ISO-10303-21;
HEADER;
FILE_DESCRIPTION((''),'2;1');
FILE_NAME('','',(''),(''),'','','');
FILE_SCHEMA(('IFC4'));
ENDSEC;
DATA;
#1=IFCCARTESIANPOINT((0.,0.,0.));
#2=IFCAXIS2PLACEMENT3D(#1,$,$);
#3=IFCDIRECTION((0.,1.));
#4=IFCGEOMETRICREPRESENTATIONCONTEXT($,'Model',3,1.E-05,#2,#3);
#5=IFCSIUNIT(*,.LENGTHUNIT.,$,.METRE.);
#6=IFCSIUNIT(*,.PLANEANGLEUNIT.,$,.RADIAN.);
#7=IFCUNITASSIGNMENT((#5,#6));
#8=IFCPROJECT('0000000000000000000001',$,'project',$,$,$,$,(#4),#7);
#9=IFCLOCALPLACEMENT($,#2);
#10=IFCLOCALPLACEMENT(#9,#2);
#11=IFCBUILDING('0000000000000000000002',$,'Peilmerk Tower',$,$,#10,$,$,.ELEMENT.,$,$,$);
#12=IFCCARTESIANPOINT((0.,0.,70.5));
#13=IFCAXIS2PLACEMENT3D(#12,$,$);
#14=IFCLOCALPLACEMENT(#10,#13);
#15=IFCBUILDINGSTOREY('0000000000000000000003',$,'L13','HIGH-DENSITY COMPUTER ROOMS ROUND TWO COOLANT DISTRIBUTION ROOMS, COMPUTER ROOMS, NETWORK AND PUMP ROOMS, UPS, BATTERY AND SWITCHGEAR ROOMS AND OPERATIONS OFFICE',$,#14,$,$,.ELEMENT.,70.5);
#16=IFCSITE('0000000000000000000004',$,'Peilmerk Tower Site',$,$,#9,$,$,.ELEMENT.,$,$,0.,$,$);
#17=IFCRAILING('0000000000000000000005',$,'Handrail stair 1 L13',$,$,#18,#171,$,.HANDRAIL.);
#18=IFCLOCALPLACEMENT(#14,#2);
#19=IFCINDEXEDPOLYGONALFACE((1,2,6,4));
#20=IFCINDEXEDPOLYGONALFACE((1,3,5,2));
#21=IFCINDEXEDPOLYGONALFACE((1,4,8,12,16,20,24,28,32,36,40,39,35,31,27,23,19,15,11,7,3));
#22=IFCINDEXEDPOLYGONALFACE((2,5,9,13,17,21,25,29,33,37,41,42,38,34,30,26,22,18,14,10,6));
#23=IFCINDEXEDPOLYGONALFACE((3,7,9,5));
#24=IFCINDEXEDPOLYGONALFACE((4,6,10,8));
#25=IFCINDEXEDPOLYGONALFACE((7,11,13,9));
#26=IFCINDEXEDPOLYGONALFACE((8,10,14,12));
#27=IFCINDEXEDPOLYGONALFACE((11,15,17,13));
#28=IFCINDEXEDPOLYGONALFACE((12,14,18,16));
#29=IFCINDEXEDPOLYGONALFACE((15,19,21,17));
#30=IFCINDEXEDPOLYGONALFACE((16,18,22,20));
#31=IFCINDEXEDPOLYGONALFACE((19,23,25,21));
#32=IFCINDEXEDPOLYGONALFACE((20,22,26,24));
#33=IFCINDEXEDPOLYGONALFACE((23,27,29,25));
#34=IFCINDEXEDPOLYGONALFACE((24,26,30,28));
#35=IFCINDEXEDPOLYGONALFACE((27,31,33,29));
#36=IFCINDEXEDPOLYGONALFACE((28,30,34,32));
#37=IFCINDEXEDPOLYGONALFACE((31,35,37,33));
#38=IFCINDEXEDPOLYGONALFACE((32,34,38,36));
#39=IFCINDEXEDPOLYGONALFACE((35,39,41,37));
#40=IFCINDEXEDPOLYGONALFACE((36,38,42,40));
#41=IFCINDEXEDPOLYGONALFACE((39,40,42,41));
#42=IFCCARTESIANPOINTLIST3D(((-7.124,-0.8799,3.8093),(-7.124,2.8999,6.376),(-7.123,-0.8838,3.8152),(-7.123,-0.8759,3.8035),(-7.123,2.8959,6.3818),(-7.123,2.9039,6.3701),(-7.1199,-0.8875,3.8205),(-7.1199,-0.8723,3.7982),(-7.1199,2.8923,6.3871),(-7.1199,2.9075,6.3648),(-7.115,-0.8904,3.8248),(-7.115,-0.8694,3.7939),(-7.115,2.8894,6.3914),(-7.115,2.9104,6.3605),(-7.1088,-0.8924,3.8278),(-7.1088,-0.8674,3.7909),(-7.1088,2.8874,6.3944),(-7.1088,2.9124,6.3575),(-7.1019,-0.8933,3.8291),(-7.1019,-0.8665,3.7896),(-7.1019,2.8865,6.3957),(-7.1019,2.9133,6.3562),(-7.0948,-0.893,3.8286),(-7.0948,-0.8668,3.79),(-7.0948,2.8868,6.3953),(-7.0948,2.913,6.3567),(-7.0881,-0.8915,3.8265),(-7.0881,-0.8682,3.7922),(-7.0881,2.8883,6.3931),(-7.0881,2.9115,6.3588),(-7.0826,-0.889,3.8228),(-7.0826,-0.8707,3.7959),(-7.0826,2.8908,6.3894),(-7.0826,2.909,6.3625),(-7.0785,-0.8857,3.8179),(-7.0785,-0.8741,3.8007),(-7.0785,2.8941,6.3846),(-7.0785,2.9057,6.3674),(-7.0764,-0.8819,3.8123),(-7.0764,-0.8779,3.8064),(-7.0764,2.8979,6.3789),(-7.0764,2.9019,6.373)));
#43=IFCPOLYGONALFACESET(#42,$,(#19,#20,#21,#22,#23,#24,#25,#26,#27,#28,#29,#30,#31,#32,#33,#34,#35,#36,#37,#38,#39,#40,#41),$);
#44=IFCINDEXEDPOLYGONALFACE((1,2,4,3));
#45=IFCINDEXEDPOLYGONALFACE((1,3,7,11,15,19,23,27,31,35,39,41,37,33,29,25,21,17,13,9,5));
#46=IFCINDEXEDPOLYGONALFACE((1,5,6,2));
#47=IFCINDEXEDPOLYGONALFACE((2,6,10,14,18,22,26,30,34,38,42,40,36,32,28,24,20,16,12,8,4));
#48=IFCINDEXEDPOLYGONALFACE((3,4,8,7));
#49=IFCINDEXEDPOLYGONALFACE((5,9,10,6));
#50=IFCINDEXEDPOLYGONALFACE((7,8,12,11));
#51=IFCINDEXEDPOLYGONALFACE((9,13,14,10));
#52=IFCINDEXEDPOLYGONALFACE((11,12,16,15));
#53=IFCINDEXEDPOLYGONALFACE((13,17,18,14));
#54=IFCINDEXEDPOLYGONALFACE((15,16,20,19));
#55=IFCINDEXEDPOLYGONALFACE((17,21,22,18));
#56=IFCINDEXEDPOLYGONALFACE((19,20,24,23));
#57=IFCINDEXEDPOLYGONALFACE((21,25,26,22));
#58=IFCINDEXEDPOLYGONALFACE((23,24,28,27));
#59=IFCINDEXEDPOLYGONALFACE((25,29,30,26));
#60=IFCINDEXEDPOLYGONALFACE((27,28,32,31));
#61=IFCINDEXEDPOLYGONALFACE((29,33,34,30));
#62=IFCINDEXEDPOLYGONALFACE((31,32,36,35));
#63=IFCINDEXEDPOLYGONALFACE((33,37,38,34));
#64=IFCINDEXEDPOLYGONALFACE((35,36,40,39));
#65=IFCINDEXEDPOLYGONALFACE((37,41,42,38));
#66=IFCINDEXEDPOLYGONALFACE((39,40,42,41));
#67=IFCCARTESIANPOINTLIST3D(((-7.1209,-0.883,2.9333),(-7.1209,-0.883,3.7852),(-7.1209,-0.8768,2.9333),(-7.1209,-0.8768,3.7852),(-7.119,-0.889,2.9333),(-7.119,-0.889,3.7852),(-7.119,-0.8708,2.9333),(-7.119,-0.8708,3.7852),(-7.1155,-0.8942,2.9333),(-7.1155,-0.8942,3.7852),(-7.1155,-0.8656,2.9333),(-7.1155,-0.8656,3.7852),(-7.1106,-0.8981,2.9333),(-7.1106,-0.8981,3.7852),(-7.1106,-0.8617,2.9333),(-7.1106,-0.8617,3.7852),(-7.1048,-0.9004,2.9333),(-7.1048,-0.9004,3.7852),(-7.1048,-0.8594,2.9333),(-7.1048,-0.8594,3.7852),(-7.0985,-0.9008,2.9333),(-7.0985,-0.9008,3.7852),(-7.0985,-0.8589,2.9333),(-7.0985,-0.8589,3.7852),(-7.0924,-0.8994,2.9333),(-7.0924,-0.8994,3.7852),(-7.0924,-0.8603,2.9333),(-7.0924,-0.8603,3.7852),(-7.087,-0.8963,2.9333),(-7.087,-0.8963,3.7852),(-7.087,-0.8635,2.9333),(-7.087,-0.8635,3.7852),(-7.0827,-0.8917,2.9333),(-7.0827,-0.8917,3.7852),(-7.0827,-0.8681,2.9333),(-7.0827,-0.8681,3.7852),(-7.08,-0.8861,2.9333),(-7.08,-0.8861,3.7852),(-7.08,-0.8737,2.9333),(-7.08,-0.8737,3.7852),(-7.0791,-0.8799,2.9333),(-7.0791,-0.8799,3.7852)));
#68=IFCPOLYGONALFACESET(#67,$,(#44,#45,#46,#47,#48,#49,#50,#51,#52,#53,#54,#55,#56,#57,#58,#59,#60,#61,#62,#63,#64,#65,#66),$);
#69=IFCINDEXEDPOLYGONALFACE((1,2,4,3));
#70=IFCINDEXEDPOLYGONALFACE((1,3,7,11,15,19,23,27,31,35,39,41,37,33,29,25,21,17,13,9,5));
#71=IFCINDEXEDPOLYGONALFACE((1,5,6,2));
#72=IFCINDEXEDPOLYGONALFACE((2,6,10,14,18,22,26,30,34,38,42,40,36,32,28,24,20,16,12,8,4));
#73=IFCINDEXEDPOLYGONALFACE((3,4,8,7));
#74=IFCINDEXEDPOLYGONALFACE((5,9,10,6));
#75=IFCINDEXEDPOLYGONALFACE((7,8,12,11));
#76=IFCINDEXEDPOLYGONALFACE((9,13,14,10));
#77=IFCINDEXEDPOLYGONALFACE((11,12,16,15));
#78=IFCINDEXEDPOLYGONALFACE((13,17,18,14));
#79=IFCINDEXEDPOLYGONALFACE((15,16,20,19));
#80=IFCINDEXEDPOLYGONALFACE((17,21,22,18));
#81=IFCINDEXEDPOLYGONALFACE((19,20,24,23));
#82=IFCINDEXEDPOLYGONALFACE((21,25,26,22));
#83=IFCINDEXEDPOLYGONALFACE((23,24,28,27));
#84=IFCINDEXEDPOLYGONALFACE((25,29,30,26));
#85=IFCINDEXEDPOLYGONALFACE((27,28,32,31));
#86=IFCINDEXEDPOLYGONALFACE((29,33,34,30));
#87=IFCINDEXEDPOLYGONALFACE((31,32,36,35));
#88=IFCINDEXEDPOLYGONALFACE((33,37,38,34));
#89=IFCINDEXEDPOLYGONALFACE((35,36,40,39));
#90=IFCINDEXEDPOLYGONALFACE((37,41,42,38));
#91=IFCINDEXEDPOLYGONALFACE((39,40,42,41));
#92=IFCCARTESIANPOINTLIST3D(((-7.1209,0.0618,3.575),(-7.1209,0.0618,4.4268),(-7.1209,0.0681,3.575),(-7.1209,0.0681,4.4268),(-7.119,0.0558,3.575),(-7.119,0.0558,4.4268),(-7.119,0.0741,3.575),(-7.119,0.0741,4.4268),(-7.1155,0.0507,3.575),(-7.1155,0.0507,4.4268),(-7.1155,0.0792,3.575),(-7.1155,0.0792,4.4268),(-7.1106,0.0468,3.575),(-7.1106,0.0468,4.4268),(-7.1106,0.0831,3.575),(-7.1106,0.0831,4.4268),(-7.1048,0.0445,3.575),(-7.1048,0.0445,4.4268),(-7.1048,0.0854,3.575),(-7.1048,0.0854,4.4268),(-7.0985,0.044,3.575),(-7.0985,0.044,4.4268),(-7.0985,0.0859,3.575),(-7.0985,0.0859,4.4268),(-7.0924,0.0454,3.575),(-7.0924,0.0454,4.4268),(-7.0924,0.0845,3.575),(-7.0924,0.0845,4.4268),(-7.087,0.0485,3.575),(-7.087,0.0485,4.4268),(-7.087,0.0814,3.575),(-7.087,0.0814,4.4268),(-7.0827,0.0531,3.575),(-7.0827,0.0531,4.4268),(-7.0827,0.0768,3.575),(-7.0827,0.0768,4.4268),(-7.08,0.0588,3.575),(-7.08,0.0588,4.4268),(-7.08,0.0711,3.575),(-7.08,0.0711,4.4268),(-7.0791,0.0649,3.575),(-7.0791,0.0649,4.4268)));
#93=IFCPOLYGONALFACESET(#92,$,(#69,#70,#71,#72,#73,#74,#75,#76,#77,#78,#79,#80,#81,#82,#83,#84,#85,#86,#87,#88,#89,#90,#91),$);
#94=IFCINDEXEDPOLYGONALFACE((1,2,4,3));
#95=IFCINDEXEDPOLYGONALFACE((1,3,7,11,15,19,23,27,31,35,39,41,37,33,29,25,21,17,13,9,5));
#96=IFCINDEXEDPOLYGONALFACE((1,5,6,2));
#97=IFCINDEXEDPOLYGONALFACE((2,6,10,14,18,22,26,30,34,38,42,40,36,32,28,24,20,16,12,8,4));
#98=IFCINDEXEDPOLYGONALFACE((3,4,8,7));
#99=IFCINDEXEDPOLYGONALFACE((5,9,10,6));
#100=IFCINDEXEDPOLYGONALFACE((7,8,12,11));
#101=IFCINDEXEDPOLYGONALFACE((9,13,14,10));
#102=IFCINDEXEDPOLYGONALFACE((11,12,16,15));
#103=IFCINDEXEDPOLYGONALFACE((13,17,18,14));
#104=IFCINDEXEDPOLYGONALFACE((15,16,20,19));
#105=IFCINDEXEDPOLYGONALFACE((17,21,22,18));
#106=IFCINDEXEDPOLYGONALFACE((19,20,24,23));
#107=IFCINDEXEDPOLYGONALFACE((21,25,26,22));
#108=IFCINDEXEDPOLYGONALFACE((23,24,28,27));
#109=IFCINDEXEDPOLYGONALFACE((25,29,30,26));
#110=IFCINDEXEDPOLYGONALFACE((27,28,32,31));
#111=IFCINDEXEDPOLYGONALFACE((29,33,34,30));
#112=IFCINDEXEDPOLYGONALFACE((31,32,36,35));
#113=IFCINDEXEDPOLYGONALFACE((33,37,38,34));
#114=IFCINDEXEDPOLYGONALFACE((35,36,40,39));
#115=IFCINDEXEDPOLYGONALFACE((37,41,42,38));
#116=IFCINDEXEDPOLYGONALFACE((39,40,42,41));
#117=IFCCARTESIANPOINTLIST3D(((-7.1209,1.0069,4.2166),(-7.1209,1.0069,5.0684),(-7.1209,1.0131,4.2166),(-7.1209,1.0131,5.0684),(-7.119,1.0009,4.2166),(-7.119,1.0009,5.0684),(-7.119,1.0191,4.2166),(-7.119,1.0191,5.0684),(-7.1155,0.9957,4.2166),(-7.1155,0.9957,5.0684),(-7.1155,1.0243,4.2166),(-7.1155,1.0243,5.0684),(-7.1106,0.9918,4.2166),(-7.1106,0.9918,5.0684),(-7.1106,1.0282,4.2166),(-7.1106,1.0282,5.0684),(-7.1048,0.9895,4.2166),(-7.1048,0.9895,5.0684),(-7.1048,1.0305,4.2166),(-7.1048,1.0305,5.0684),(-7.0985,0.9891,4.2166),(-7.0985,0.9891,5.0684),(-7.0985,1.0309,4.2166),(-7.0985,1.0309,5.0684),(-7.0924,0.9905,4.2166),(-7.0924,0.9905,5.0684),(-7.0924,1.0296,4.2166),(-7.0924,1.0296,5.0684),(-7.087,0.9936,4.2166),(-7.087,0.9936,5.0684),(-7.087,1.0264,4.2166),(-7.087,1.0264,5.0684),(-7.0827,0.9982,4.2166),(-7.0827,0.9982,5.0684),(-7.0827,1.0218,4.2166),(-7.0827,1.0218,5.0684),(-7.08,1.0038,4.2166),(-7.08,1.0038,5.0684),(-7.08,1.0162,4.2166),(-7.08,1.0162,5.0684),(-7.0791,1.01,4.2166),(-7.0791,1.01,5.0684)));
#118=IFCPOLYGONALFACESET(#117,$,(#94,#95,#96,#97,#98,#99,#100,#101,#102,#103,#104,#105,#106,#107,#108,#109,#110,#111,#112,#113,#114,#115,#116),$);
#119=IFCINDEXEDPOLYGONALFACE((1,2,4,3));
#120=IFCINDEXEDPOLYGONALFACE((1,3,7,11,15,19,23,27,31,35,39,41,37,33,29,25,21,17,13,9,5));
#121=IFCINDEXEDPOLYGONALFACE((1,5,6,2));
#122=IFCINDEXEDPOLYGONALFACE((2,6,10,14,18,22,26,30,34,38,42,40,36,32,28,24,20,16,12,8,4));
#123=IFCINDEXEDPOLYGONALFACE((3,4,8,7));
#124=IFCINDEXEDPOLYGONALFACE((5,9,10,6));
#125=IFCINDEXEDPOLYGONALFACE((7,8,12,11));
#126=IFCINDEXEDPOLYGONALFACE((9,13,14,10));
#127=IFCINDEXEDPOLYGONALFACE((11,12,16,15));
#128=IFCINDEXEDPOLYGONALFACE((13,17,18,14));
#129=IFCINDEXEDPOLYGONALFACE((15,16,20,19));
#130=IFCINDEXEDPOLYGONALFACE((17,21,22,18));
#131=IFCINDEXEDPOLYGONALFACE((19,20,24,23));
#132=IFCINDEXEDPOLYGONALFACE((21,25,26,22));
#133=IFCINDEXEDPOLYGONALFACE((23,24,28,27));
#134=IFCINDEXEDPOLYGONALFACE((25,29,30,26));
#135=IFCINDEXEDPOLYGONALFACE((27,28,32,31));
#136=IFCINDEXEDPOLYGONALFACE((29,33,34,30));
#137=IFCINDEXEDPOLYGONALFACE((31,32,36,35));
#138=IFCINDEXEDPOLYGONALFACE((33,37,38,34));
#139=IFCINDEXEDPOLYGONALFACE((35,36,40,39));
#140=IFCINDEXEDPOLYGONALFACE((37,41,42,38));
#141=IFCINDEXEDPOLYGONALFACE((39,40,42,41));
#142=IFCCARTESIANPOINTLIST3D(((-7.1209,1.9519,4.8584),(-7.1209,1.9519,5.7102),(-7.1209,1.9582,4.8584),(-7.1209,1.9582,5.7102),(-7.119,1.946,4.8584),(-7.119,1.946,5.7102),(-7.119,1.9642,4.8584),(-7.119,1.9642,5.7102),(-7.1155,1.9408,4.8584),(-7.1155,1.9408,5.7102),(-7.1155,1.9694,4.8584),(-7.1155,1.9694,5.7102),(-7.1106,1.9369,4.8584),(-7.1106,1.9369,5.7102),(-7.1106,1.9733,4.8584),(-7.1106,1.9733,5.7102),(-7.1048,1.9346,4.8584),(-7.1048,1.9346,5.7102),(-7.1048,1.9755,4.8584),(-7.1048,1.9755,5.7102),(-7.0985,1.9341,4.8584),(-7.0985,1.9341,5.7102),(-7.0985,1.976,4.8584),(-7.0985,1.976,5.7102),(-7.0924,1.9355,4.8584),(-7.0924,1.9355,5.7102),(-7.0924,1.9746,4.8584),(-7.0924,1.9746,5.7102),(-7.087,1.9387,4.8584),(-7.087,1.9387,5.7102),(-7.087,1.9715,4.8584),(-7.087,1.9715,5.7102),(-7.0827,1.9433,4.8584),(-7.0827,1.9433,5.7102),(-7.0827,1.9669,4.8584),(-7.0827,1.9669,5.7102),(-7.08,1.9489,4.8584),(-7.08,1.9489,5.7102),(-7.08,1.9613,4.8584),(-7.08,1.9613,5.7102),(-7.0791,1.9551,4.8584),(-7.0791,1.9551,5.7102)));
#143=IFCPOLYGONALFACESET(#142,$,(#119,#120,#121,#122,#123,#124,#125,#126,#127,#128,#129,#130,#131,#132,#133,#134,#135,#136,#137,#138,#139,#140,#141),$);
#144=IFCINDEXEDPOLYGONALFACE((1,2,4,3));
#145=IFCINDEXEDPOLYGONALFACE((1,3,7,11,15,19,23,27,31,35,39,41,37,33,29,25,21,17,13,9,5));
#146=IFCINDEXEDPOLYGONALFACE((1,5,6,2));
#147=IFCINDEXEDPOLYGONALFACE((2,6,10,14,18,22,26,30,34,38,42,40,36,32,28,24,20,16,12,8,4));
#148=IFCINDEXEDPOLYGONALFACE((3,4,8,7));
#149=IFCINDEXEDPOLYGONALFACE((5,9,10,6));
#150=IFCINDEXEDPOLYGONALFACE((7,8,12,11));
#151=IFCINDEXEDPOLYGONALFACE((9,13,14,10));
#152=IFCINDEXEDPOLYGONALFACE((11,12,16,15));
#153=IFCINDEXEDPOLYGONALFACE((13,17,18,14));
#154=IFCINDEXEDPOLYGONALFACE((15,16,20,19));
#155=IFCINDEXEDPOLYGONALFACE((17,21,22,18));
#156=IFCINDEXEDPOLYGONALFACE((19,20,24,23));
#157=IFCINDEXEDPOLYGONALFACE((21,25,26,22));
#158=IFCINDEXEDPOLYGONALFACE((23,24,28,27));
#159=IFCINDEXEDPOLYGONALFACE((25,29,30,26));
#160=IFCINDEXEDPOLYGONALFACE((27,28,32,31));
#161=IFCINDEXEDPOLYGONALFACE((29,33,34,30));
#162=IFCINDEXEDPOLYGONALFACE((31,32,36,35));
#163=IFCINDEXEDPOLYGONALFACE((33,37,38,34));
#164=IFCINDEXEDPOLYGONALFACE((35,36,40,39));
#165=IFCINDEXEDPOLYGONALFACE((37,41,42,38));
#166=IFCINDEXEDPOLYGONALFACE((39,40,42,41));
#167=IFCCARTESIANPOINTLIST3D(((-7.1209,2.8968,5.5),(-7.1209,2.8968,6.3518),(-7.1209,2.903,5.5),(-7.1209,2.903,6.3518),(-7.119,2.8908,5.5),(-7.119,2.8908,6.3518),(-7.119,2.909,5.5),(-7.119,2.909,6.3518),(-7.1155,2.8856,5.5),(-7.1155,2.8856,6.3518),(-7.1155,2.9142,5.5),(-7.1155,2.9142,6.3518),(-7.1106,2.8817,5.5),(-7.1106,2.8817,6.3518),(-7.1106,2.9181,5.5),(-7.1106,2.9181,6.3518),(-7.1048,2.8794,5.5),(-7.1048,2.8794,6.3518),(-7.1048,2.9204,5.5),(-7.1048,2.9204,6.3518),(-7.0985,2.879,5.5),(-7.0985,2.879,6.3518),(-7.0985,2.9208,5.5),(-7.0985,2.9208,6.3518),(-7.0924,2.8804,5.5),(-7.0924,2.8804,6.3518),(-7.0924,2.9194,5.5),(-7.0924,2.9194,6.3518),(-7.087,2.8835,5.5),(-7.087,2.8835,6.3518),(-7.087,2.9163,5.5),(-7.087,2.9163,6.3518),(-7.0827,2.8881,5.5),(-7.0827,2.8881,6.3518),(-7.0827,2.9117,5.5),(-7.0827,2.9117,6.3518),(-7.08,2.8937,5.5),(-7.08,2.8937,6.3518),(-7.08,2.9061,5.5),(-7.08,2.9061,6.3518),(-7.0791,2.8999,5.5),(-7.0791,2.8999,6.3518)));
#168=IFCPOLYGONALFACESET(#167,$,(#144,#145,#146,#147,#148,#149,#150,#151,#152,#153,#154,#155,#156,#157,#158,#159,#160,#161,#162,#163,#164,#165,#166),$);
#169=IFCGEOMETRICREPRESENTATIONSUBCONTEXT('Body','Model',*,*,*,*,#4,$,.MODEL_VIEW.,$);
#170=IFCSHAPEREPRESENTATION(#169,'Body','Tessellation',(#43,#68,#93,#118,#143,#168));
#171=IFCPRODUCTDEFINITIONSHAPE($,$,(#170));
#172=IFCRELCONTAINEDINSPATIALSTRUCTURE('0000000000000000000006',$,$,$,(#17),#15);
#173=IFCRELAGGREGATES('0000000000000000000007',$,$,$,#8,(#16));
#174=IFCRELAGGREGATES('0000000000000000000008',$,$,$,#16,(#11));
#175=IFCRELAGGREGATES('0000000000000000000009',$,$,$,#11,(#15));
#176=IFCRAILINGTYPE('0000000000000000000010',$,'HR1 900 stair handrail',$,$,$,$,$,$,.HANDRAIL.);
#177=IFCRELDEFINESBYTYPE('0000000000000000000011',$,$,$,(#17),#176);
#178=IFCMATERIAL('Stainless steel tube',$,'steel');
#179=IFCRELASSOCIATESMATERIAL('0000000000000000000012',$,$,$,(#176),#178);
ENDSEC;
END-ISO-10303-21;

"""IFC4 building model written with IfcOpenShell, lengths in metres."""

from ifc_helpers import new_model, si_unit, direction, frame, origin, origin_2d, place, context, subcontext, project, spatial, circle, extrude, material, type_object, element, save


model = new_model("IFC4")

# Units and contexts
model_context = context("Model", 3, precision=1e-05, world=origin(), true_north=direction((0.0, 1.0)))
body_context = subcontext(model_context, "Body", "Model", "MODEL_VIEW")
ifc_project = project(units=[si_unit("LENGTHUNIT", "METRE"), si_unit("PLANEANGLEUNIT", "RADIAN")], contexts=[model_context])

# Site, building, storey
site_placement = place(None, origin())
site = spatial("IfcSite", under=ifc_project, at=site_placement, Name="Peilmerk Tower Site", CompositionType="ELEMENT", RefElevation=0.0)
building_placement = place(site_placement, origin())
building = spatial("IfcBuilding", under=site, at=building_placement, Name="Peilmerk Tower", CompositionType="ELEMENT")
storey_placement = place(building_placement, frame((0.0, 0.0, 70.5)))
storey = spatial("IfcBuildingStorey", under=building, at=storey_placement, Name="L13", Description="HIGH-DENSITY COMPUTER ROOMS ROUND TWO COOLANT DISTRIBUTION ROOMS, COMPUTER ROOMS, NETWORK AND PUMP ROOMS, UPS, BATTERY AND SWITCHGEAR ROOMS AND OPERATIONS OFFICE", CompositionType="ELEMENT", Elevation=70.5)

# Railing
ifc_material_1 = material(Name="Stainless steel tube", Category="steel")
railing_type_1 = type_object("IfcRailingType", Name="HR1 900 stair handrail", PredefinedType="HANDRAIL", material=ifc_material_1)
railing_1_placement = place(storey_placement, frame((-7.1001, -0.8799, 2.9333)))
element("IfcRailing", 1, at=railing_1_placement, inside=storey, type_object=railing_type_1, Name="Handrail stair 1 L13", PredefinedType="HANDRAIL", context=body_context, shape_type="SweptSolid", body=[
    extrude(circle(Radius=0.0239, at=origin_2d()), frame((0.0, 0.0, 0.876), z_axis=(0.0, 0.827293, 0.561771), x_axis=(-1.0, 0.0, 0.0)), (0.0, 0.0, 1.0), 4.5688),
    extrude(circle(Radius=0.021, at=origin_2d()), origin(), (0.0, 0.0, 1.0), 0.8518),
    extrude(circle(Radius=0.021, at=origin_2d()), frame((0.0, 0.9448, 0.6416)), (0.0, 0.0, 1.0), 0.8518),
    extrude(circle(Radius=0.021, at=origin_2d()), frame((0.0, 1.8899, 1.2832)), (0.0, 0.0, 1.0), 0.8518),
    extrude(circle(Radius=0.021, at=origin_2d()), frame((0.0, 2.835, 1.925)), (0.0, 0.0, 1.0), 0.8518),
    extrude(circle(Radius=0.021, at=origin_2d()), frame((0.0, 3.7798, 2.5667)), (0.0, 0.0, 1.0), 0.8518),
])

save(model, "model.ifc")
